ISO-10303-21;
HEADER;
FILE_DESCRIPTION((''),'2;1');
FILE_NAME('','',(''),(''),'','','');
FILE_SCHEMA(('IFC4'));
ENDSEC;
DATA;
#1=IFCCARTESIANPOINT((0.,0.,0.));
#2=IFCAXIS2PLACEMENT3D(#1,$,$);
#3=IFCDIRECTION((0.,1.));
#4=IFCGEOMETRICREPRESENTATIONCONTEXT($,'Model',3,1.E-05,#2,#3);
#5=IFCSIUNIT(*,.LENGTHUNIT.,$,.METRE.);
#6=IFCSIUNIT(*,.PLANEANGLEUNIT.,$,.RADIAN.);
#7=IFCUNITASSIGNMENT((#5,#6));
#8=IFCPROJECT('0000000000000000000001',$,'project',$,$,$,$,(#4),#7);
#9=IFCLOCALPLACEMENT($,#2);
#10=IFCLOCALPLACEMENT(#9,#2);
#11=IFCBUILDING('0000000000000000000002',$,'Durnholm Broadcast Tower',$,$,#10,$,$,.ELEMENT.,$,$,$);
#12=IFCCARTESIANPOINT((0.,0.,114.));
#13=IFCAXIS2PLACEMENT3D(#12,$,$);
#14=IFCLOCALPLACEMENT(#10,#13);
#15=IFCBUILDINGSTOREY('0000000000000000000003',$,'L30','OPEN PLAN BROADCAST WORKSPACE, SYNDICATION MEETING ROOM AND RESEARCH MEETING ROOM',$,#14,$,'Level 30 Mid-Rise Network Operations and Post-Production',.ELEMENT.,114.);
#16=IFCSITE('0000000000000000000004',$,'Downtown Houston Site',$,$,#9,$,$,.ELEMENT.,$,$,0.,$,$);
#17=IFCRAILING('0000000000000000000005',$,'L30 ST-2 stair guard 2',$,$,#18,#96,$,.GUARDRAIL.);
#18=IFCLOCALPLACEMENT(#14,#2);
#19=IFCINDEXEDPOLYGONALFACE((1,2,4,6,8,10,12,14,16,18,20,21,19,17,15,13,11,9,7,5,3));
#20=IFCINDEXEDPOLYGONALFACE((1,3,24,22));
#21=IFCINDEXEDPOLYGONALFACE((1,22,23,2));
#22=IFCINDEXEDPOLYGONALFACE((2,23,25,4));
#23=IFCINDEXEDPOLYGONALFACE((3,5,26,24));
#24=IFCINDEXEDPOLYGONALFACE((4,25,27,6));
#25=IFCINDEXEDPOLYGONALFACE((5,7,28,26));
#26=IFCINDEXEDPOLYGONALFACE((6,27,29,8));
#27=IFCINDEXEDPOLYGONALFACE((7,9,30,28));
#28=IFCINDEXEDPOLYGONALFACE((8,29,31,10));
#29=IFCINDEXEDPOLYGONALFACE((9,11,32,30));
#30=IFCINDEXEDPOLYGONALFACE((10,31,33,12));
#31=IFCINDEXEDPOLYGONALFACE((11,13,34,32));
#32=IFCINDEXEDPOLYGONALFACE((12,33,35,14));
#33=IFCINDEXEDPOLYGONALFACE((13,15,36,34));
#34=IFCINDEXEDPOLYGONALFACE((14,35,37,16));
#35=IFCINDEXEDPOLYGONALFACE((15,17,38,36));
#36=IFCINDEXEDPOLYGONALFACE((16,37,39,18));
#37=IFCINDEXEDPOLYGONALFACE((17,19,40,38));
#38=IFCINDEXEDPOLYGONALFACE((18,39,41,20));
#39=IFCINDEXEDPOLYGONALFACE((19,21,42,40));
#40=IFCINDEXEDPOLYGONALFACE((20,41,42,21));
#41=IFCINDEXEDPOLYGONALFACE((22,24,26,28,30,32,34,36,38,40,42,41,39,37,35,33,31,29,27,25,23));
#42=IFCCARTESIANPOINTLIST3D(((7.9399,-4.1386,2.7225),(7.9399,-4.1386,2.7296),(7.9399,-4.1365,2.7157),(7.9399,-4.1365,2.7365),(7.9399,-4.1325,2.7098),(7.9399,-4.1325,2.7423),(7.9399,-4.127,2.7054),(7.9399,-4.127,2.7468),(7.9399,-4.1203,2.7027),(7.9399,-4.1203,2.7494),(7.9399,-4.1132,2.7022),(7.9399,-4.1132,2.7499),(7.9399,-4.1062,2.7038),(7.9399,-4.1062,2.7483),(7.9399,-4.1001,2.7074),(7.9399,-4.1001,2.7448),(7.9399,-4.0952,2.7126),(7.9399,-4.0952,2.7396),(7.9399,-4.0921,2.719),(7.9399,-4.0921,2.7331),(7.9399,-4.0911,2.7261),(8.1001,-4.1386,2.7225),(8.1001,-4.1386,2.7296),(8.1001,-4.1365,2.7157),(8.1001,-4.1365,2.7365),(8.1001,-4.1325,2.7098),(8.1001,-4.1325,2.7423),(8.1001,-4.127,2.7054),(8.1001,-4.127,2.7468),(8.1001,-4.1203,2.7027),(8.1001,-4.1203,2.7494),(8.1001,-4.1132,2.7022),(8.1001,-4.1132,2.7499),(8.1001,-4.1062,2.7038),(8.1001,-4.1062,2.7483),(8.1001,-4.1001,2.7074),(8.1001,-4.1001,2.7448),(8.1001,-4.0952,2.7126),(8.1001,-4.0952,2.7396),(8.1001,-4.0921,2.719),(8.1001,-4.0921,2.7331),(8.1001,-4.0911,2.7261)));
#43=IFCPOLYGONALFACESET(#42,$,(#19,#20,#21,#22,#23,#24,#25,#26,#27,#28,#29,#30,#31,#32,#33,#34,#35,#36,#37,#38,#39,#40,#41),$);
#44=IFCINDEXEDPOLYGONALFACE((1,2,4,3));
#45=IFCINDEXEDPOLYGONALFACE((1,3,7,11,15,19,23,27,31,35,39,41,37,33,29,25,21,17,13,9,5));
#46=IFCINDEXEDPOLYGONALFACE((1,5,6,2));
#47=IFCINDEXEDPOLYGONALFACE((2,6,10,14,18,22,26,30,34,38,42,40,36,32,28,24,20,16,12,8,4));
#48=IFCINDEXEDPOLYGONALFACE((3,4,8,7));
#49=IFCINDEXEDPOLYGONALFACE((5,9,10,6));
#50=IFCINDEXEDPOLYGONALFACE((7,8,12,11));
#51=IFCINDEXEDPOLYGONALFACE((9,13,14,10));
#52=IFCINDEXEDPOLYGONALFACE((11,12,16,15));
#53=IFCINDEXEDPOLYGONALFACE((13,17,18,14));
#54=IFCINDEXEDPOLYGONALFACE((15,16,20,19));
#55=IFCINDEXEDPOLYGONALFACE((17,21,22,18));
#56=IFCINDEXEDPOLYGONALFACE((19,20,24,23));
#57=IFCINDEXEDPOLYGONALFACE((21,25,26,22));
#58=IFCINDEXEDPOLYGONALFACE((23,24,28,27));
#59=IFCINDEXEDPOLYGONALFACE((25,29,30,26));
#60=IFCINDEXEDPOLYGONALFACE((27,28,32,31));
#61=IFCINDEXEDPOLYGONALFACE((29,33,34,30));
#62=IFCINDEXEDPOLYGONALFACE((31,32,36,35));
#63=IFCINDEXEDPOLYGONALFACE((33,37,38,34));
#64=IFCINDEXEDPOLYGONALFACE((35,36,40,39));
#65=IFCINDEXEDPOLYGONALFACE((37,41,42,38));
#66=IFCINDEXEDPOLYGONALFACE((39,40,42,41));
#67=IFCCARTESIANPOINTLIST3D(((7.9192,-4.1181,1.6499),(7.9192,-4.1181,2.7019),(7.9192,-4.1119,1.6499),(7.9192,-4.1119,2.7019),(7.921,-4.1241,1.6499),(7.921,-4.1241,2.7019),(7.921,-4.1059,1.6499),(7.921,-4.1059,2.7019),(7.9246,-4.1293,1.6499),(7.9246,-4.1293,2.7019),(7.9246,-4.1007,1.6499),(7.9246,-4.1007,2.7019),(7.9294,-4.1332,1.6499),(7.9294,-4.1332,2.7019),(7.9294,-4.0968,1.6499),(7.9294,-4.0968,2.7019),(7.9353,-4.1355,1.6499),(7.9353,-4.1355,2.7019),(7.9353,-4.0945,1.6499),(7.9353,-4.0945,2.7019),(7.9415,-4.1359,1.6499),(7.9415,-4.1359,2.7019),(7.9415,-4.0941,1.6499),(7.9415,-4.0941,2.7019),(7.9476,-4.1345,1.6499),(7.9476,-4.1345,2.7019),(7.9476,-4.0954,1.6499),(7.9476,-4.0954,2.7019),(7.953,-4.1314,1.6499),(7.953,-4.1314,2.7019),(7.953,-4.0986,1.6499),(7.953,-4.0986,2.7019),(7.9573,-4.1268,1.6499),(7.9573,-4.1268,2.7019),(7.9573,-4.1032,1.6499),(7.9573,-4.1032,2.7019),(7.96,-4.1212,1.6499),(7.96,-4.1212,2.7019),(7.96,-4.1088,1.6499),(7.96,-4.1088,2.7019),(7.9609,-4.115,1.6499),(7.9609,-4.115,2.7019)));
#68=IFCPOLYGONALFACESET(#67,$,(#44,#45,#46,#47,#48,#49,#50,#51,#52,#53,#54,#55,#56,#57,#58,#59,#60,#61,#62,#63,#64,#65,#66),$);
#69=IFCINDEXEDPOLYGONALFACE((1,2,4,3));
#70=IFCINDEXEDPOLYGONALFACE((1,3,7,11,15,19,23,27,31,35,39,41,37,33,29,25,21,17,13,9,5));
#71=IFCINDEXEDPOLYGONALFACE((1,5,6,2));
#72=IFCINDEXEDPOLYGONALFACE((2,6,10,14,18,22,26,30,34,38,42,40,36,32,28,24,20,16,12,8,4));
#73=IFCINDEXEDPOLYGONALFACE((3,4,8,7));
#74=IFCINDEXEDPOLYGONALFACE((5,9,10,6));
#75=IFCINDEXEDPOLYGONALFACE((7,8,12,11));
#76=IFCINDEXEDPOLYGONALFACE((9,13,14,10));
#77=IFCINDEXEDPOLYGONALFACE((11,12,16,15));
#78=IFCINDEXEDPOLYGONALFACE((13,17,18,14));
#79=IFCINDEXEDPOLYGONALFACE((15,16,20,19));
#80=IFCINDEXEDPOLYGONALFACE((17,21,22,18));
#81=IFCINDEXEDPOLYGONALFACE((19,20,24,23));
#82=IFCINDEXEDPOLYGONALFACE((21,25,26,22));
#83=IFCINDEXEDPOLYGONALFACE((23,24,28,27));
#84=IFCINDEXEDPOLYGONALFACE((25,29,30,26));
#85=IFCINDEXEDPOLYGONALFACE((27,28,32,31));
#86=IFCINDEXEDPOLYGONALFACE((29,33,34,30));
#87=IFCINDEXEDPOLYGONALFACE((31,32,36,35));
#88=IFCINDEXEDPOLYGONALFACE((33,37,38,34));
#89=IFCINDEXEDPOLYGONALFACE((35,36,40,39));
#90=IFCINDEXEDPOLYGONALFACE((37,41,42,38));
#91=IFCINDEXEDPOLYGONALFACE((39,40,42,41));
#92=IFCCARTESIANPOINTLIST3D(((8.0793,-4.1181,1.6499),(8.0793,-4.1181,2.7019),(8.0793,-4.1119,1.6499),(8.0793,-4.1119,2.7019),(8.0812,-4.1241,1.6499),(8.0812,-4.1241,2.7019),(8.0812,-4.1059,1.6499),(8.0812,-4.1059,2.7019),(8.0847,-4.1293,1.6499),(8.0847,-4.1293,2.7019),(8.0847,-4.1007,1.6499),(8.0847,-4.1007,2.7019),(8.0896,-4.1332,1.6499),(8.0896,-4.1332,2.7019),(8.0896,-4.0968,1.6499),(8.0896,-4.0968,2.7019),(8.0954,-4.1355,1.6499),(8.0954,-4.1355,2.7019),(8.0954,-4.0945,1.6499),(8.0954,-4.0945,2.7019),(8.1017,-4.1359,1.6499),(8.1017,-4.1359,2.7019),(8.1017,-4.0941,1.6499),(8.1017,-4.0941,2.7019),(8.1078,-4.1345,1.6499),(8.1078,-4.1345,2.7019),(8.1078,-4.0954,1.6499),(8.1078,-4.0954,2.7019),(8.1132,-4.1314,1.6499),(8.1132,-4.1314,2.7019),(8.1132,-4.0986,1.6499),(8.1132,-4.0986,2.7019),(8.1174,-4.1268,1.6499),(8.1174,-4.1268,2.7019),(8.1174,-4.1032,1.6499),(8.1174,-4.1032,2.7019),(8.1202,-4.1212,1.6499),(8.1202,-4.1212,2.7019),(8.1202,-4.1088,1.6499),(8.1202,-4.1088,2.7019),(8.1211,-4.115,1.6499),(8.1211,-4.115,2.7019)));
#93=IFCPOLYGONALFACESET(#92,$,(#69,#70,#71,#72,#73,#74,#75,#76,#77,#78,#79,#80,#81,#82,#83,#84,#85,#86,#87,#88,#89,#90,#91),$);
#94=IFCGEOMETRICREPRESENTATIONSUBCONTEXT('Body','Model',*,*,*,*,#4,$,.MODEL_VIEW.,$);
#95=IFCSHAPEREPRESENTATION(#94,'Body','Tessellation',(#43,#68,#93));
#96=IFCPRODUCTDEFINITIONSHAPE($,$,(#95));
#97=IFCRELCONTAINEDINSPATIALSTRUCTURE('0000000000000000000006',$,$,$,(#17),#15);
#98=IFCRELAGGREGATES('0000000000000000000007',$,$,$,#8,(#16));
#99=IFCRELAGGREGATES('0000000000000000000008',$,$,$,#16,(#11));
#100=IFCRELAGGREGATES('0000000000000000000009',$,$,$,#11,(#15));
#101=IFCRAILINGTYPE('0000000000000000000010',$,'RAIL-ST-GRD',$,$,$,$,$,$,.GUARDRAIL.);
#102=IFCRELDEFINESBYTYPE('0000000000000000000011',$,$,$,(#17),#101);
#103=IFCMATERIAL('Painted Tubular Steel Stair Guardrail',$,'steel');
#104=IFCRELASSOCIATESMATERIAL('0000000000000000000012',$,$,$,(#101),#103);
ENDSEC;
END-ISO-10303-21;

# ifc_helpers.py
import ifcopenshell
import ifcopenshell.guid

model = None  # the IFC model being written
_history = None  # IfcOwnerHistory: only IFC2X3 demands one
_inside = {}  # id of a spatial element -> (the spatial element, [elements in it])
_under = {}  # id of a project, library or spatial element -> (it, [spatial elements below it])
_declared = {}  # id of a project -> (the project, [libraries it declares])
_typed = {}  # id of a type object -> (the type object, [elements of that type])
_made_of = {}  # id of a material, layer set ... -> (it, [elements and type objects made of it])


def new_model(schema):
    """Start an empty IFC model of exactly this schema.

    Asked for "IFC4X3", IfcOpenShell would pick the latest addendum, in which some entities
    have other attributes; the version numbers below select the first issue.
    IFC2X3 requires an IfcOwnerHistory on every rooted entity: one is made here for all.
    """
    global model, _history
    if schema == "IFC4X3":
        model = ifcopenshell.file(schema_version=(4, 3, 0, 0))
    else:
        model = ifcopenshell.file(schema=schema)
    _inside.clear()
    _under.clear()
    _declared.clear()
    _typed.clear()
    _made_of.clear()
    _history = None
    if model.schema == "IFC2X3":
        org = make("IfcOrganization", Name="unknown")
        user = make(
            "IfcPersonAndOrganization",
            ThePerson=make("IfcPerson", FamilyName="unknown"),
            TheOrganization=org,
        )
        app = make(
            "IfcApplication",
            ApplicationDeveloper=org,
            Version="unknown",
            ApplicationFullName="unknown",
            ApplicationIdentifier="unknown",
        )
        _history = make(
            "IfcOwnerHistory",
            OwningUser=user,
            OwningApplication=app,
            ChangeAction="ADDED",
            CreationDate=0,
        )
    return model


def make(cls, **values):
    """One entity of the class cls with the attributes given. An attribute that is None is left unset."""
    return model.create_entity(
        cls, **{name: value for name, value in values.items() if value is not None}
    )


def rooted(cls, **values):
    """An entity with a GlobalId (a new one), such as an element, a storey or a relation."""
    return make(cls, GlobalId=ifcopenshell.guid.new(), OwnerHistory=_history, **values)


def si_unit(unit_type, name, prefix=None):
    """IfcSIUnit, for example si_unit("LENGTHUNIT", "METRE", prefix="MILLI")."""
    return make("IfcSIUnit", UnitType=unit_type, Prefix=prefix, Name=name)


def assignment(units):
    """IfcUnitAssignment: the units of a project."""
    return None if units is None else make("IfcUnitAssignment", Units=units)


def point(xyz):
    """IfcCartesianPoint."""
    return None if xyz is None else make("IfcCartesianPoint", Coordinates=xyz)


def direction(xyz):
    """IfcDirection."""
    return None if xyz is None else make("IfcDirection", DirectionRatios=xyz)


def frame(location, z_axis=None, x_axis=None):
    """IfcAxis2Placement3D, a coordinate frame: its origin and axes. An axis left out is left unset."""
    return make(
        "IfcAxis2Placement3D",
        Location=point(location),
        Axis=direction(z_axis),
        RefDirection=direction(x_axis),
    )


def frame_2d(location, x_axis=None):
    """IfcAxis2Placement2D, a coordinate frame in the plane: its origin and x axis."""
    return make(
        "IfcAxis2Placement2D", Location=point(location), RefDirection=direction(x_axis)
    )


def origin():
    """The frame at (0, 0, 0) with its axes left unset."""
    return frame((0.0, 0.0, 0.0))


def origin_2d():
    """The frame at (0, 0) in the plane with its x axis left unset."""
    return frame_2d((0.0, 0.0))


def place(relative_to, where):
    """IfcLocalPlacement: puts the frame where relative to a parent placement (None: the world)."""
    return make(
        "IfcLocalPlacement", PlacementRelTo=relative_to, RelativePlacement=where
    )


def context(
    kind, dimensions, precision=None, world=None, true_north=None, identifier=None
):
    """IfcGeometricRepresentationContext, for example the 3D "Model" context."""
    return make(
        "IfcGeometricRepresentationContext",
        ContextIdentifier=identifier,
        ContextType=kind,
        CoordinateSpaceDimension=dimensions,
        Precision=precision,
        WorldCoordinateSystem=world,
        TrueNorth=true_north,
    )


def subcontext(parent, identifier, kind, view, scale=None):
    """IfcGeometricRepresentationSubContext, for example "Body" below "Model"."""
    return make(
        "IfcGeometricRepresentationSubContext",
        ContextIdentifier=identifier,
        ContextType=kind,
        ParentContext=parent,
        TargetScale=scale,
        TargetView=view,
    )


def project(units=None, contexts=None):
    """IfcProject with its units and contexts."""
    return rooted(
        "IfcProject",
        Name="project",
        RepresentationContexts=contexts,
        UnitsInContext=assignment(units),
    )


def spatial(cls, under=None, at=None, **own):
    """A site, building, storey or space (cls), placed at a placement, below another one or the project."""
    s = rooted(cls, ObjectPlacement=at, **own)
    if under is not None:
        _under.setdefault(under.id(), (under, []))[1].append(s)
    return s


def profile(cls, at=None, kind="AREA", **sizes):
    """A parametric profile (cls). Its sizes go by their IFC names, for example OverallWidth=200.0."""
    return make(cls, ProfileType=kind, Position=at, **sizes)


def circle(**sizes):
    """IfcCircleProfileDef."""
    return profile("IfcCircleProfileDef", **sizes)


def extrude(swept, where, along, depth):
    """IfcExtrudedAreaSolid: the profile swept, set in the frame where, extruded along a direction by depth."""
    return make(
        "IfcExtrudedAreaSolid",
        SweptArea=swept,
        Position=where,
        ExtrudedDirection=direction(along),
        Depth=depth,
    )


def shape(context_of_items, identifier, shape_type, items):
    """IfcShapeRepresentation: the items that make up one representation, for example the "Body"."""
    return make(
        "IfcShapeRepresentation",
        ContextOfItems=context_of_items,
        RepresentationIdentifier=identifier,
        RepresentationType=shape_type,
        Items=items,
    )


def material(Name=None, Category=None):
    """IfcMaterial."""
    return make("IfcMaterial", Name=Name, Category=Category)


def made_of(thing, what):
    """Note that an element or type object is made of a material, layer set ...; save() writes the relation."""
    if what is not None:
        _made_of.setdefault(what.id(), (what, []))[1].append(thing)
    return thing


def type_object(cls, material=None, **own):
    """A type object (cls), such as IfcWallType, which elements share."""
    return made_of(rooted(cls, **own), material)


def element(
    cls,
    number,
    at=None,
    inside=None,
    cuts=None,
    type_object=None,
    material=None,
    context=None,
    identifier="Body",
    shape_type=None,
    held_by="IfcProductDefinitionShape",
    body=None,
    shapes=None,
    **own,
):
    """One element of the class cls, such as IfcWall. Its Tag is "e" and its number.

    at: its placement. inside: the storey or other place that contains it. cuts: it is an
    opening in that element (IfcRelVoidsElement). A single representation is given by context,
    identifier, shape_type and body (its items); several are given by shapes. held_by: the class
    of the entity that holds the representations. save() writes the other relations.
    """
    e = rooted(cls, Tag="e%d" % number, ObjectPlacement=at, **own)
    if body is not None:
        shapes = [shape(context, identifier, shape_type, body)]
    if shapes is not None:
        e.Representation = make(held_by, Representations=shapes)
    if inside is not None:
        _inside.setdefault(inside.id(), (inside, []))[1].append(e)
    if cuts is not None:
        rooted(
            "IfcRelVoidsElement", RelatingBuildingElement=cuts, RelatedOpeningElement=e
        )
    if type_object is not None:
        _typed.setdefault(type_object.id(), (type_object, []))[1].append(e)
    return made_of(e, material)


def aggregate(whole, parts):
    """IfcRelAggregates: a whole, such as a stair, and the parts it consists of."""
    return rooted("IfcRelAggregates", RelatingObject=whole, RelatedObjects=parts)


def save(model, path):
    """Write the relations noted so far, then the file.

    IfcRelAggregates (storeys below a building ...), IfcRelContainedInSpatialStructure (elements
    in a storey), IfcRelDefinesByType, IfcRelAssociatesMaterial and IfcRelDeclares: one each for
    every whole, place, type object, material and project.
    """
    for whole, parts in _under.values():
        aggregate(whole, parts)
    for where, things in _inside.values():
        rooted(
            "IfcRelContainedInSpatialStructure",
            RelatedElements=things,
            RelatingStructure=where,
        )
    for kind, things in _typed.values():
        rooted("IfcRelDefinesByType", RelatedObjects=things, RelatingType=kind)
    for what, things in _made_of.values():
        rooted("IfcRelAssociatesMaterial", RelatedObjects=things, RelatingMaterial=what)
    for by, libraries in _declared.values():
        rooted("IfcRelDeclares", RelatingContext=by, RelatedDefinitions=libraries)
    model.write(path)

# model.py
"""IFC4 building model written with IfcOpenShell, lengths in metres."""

from ifc_helpers import new_model, si_unit, direction, frame, origin, origin_2d, place, context, subcontext, project, spatial, circle, extrude, material, type_object, element, save


model = new_model("IFC4")

# Units and contexts
model_context = context("Model", 3, precision=1e-05, world=origin(), true_north=direction((0.0, 1.0)))
body_context = subcontext(model_context, "Body", "Model", "MODEL_VIEW")
ifc_project = project(units=[si_unit("LENGTHUNIT", "METRE"), si_unit("PLANEANGLEUNIT", "RADIAN")], contexts=[model_context])

# Site, building, storey
site_placement = place(None, origin())
site = spatial("IfcSite", under=ifc_project, at=site_placement, Name="Downtown Houston Site", CompositionType="ELEMENT", RefElevation=0.0)
building_placement = place(site_placement, origin())
building = spatial("IfcBuilding", under=site, at=building_placement, Name="Durnholm Broadcast Tower", CompositionType="ELEMENT")
storey_placement = place(building_placement, frame((0.0, 0.0, 114.0)))
storey = spatial("IfcBuildingStorey", under=building, at=storey_placement, Name="L30", Description="OPEN PLAN BROADCAST WORKSPACE, SYNDICATION MEETING ROOM AND RESEARCH MEETING ROOM", LongName="Level 30 Mid-Rise Network Operations and Post-Production", CompositionType="ELEMENT", Elevation=114.0)

# Railing
ifc_material_1 = material(Name="Painted Tubular Steel Stair Guardrail", Category="steel")
railing_type_1 = type_object("IfcRailingType", Name="RAIL-ST-GRD", PredefinedType="GUARDRAIL", material=ifc_material_1)
railing_1_placement = place(storey_placement, frame((7.9399, -4.115, 1.6499)))
element("IfcRailing", 1, at=railing_1_placement, inside=storey, type_object=railing_type_1, Name="L30 ST-2 stair guard 2", PredefinedType="GUARDRAIL", context=body_context, shape_type="SweptSolid", body=[
    extrude(circle(Radius=0.0239, at=origin_2d()), frame((0.0, 0.0, 1.0762), z_axis=(1.0, 0.0, 0.0), x_axis=(0.0, 1.0, 0.0)), (0.0, 0.0, 1.0), 0.1602),
    extrude(circle(Radius=0.021, at=origin_2d()), origin(), (0.0, 0.0, 1.0), 1.052),
    extrude(circle(Radius=0.021, at=origin_2d()), frame((0.1602, 0.0, 0.0)), (0.0, 0.0, 1.0), 1.052),
])

save(model, "model.ifc")
